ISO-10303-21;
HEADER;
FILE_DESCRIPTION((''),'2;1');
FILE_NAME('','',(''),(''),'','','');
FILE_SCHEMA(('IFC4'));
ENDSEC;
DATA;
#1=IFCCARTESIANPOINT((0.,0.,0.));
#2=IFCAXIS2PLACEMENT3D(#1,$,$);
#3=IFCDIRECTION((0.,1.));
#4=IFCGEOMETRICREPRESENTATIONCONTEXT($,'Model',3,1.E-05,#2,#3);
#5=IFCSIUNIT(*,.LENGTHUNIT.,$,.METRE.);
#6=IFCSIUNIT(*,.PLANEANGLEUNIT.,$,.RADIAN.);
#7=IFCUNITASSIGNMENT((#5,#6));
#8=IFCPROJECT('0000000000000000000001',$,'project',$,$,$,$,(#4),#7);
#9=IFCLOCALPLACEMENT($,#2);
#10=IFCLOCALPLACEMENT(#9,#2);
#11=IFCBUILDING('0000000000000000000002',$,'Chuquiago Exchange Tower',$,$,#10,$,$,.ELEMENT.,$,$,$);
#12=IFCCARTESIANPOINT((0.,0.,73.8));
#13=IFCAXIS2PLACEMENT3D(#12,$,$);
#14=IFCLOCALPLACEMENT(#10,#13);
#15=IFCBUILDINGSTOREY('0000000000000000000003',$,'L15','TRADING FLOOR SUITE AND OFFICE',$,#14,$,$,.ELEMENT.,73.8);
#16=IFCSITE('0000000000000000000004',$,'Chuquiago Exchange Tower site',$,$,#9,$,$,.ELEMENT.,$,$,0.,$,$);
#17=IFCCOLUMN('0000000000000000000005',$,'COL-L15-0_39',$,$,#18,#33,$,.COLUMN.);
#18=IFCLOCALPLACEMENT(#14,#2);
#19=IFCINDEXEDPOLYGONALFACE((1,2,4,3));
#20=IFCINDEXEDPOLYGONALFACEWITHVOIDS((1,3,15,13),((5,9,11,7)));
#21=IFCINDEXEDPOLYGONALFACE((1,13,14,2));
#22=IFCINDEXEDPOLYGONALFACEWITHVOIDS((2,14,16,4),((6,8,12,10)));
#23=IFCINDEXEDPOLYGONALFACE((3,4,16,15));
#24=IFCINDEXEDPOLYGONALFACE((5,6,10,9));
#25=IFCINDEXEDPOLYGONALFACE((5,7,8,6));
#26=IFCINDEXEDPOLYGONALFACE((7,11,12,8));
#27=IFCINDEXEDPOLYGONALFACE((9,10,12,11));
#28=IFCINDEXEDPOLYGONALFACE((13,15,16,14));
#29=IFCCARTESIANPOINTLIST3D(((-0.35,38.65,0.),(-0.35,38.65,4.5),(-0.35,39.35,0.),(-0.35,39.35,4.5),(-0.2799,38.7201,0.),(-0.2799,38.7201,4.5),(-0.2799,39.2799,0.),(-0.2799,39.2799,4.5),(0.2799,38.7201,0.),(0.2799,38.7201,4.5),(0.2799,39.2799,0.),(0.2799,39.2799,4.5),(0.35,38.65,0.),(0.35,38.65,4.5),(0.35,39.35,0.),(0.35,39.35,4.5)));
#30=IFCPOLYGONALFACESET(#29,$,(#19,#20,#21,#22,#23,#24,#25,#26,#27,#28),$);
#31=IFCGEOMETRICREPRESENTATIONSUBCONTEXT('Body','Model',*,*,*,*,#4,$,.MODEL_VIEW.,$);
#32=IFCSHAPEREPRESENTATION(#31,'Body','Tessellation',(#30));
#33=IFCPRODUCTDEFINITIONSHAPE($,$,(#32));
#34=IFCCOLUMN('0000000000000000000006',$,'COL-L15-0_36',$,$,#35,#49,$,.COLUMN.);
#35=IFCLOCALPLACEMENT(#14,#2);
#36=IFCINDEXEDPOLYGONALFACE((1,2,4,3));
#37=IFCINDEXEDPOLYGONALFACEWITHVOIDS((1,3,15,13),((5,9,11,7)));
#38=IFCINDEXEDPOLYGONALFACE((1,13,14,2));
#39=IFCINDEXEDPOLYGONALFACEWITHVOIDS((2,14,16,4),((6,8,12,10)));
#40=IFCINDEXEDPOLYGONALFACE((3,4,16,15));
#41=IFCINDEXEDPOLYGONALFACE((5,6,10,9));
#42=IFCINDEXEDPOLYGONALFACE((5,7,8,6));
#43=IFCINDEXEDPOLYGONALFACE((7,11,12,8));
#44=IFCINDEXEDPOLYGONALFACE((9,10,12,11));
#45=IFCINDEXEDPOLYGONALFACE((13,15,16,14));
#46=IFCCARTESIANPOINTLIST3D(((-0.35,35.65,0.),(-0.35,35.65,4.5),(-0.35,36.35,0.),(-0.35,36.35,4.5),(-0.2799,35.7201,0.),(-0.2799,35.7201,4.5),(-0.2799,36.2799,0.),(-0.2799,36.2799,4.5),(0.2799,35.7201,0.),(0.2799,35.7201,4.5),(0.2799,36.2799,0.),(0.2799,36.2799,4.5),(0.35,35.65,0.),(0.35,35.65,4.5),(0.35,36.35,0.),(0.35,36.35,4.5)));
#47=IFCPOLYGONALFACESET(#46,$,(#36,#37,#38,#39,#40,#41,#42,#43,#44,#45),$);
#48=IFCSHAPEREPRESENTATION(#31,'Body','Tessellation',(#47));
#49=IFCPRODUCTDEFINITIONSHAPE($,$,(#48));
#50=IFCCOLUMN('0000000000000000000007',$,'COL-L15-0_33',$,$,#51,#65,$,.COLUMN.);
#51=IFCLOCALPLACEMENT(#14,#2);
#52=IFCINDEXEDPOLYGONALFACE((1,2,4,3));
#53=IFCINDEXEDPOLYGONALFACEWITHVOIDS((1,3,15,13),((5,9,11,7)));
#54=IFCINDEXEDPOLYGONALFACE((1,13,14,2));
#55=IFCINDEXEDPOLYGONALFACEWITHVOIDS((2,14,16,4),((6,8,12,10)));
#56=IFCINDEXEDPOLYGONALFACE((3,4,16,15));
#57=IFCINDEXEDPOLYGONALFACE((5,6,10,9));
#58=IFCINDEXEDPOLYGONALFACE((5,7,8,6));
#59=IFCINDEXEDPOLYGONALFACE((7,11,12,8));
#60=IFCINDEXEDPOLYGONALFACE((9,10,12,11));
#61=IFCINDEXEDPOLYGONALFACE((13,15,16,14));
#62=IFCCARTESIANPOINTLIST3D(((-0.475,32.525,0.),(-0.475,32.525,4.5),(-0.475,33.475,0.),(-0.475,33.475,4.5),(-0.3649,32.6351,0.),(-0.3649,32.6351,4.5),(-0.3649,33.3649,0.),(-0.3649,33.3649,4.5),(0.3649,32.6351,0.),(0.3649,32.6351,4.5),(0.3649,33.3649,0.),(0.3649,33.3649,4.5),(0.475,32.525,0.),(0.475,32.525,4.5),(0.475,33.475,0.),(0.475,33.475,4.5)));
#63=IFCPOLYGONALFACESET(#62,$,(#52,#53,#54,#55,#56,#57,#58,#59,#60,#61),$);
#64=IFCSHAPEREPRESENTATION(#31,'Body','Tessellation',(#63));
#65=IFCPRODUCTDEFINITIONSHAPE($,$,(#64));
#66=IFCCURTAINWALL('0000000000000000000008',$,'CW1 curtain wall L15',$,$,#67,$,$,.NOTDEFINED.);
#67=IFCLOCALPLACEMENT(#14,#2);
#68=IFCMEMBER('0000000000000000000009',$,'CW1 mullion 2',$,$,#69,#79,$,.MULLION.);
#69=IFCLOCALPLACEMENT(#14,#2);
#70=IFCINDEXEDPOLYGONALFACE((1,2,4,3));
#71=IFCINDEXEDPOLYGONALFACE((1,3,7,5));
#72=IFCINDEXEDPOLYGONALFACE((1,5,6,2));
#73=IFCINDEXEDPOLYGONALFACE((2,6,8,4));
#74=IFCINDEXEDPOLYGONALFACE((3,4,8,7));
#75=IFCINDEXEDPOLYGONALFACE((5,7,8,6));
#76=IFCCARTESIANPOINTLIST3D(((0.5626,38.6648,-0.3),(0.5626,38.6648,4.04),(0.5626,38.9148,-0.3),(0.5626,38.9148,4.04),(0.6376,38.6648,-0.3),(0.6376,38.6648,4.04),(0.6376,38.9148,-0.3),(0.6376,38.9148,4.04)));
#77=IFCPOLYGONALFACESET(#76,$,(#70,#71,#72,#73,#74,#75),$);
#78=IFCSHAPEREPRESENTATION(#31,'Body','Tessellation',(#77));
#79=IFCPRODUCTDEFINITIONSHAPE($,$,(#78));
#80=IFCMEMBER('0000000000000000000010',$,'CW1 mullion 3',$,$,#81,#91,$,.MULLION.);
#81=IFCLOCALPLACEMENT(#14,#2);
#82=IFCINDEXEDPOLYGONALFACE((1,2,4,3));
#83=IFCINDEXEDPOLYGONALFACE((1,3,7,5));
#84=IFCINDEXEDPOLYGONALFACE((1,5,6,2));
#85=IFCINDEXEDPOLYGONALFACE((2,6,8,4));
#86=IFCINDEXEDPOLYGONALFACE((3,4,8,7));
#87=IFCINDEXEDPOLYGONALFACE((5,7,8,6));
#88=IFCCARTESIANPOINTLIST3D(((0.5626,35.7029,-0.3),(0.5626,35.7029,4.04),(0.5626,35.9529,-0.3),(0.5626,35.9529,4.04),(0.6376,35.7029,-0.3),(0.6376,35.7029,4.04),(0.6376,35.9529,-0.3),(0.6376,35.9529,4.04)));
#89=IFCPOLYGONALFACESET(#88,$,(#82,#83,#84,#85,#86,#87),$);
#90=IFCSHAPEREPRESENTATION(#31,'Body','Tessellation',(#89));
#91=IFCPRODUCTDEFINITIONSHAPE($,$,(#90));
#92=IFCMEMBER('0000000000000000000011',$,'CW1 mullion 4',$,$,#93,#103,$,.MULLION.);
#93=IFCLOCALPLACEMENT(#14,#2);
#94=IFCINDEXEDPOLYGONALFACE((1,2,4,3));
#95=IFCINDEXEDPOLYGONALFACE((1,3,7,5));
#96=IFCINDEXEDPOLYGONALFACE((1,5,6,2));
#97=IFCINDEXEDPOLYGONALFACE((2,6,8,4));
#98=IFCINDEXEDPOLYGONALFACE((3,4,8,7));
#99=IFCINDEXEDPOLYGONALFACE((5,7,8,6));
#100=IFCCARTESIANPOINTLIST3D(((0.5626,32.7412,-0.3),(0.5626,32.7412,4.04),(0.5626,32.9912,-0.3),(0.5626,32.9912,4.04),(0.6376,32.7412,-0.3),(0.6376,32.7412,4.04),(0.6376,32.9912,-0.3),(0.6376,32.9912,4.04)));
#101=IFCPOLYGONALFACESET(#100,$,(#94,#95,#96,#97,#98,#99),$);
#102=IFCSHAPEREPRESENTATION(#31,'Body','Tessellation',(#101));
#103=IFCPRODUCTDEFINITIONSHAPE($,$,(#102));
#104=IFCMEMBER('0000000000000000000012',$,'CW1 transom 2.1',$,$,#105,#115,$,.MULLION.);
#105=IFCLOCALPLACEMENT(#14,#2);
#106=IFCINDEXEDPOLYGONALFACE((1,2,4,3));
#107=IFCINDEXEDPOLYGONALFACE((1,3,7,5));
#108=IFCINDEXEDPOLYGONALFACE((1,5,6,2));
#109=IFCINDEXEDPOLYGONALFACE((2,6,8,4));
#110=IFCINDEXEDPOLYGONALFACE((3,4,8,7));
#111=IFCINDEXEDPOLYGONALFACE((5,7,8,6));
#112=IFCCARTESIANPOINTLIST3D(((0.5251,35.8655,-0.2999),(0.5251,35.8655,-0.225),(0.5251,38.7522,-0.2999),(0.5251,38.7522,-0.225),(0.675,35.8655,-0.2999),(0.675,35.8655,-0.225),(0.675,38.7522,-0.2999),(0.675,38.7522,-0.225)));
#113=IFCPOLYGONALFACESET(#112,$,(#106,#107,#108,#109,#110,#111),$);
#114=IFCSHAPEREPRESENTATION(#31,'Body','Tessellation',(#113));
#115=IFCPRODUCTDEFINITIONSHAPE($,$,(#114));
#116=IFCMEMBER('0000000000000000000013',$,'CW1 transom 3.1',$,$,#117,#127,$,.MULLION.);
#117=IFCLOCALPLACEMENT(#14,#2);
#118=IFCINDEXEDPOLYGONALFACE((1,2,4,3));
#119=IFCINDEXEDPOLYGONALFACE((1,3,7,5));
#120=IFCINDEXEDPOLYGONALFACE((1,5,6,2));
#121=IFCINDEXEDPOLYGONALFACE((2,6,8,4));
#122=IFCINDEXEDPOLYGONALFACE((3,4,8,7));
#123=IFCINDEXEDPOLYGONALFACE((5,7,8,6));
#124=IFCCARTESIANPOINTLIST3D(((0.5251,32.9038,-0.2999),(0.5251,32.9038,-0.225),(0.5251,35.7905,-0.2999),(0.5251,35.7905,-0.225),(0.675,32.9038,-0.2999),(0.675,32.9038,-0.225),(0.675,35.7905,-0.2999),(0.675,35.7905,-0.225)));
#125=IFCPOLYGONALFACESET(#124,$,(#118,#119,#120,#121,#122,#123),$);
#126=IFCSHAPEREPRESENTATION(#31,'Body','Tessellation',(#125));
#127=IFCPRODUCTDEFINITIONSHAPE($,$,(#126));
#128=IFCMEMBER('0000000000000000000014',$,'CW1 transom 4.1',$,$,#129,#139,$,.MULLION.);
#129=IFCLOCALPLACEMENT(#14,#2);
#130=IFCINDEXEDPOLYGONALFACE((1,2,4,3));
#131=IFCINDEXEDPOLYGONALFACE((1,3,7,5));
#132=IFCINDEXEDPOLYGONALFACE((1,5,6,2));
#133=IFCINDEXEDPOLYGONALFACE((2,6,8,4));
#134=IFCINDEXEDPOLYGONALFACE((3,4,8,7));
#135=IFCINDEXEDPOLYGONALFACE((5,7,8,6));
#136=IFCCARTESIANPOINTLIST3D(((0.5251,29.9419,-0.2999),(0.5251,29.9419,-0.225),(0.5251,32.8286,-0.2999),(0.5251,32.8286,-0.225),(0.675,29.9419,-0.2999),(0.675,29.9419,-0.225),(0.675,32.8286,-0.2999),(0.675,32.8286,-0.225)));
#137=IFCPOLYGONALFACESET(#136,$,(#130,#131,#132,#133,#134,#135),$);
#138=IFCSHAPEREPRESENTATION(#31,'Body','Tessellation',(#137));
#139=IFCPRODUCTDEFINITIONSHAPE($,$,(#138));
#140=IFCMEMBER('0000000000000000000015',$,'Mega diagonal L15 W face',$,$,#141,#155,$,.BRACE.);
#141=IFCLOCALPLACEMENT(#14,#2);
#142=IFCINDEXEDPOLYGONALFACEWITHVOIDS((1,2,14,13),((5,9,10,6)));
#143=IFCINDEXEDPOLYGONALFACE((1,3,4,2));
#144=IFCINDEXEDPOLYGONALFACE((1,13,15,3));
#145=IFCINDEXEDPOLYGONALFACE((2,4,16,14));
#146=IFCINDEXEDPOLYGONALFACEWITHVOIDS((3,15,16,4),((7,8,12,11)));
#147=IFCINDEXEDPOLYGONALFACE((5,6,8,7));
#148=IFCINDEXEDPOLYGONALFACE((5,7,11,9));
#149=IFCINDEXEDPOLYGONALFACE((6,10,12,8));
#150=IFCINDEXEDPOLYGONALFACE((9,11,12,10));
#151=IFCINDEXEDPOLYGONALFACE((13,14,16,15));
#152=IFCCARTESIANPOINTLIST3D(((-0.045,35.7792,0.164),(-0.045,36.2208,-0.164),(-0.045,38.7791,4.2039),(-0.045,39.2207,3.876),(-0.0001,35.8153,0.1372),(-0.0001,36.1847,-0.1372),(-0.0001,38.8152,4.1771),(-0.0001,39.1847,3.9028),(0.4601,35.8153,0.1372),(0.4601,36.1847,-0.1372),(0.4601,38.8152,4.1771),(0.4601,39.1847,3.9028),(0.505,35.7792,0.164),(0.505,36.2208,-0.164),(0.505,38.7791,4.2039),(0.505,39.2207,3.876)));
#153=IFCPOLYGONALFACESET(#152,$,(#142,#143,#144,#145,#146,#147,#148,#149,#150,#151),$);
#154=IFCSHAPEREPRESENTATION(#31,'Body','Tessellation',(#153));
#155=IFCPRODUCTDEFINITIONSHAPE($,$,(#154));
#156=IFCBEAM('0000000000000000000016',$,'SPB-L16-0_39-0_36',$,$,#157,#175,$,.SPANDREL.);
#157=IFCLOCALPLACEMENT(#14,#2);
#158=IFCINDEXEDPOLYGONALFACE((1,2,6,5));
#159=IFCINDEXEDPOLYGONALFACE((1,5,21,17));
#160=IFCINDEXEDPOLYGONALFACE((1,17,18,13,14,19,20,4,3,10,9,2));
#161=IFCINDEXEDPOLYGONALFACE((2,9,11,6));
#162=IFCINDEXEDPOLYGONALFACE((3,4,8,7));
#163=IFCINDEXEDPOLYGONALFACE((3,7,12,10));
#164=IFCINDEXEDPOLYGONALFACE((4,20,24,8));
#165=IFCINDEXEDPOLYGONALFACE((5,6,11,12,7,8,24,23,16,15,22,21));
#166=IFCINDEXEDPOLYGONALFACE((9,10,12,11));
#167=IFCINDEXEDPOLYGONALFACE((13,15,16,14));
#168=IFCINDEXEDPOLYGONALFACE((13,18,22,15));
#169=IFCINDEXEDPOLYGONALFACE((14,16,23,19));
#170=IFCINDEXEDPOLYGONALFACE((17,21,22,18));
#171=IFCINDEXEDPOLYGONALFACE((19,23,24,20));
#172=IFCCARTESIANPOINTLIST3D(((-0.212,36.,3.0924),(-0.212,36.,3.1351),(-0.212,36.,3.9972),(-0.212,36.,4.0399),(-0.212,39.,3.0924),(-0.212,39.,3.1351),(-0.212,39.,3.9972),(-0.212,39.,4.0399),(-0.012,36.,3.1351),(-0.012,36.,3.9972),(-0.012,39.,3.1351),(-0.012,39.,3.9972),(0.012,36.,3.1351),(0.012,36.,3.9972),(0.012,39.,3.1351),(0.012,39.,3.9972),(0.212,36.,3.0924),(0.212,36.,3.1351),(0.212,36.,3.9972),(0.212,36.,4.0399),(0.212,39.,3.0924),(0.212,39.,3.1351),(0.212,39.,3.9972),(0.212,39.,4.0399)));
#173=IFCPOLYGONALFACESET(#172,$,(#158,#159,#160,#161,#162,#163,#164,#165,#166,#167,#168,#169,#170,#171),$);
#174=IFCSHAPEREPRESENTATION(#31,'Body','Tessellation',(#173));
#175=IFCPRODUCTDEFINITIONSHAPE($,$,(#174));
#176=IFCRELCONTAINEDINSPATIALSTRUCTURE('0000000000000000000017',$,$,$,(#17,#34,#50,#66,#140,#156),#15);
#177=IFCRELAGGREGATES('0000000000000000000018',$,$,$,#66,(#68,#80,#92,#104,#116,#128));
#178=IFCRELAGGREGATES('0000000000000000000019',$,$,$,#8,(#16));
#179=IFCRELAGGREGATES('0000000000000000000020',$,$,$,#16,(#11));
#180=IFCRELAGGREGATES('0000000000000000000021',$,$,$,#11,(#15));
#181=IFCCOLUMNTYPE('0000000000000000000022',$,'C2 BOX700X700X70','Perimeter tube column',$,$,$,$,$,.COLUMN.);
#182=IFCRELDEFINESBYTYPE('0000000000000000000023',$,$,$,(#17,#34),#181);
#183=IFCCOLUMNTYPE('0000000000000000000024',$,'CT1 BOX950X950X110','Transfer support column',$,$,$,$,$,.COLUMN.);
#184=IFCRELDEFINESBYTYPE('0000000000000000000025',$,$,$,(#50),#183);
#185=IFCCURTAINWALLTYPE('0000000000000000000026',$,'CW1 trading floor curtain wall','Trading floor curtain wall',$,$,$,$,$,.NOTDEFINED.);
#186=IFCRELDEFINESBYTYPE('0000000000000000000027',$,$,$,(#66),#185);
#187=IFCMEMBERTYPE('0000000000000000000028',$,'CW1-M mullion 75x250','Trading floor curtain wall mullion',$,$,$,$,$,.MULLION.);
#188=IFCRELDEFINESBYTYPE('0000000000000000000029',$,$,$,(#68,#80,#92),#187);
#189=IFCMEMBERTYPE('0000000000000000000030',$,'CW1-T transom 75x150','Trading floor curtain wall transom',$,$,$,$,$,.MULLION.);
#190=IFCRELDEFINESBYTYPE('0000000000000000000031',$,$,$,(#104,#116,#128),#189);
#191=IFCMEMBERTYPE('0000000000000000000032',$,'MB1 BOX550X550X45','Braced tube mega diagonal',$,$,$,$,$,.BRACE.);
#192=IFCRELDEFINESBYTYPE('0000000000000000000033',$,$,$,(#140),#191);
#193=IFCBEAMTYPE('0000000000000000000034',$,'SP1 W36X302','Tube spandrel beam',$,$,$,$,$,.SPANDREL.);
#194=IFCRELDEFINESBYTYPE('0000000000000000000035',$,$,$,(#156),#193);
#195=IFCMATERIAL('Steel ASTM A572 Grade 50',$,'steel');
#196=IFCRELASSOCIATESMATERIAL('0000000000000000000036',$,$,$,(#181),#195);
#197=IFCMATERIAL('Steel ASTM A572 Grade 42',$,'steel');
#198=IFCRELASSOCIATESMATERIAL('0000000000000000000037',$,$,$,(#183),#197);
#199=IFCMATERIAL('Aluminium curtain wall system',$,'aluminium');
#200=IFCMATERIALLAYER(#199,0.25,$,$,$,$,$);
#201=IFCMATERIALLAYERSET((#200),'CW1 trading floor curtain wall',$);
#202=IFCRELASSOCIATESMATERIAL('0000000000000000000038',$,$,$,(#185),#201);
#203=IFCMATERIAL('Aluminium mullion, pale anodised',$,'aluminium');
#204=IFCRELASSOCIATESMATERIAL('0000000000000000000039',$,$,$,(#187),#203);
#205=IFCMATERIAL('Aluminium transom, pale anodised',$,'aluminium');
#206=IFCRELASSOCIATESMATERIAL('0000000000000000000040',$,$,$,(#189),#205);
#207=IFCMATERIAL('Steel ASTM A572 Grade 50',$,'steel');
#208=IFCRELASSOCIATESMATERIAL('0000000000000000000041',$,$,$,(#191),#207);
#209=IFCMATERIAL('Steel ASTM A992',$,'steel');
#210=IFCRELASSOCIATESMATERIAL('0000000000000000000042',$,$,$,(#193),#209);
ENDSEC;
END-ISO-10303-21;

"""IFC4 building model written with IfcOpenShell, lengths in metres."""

from ifc_helpers import new_model, si_unit, direction, frame, origin, origin_2d, place, context, subcontext, project, spatial, rectangle, hollow_rectangle, i_section, extrude, material, layer, layer_set, material_profile, profile_set, type_object, element, aggregate, save


model = new_model("IFC4")

# Units and contexts
model_context = context("Model", 3, precision=1e-05, world=origin(), true_north=direction((0.0, 1.0)))
body_context = subcontext(model_context, "Body", "Model", "MODEL_VIEW")
ifc_project = project(units=[si_unit("LENGTHUNIT", "METRE"), si_unit("PLANEANGLEUNIT", "RADIAN")], contexts=[model_context])

# Site, building, storey
site_placement = place(None, origin())
site = spatial("IfcSite", under=ifc_project, at=site_placement, Name="Chuquiago Exchange Tower site", CompositionType="ELEMENT", RefElevation=0.0)
building_placement = place(site_placement, origin())
building = spatial("IfcBuilding", under=site, at=building_placement, Name="Chuquiago Exchange Tower", CompositionType="ELEMENT")
storey_placement = place(building_placement, frame((0.0, 0.0, 73.8)))
storey = spatial("IfcBuildingStorey", under=building, at=storey_placement, Name="L15", Description="TRADING FLOOR SUITE AND OFFICE", CompositionType="ELEMENT", Elevation=73.8)

# Columns
ifc_material_1 = material(Name="Steel ASTM A572 Grade 50", Category="steel")
ifc_material_profile_1 = material_profile(ifc_material_1, hollow_rectangle(XDim=0.7, YDim=0.7, WallThickness=0.0701, at=origin_2d()), Name="BOX700X700X70")
ifc_profile_set_1 = profile_set([ifc_material_profile_1], Name="Steel ASTM A572 Grade 50")
column_type_1 = type_object("IfcColumnType", Name="C2 BOX700X700X70", Description="Perimeter tube column", PredefinedType="COLUMN", material=ifc_profile_set_1)
for number, where, z_axis, x_axis, name in (
    (1, (0.0, 39.0, 0.0), (0.0, 0.0, 1.0), (-1.0, 0.0, 0.0), "COL-L15-0_39"),
    (2, (0.0, 36.0, 0.0), (0.0, 0.0, 1.0), (-1.0, 0.0, 0.0), "COL-L15-0_36"),
):
    element("IfcColumn", number, at=place(storey_placement, frame(where, z_axis=z_axis, x_axis=x_axis)), inside=storey, type_object=column_type_1, Name=name, PredefinedType="COLUMN", context=body_context, shape_type="SweptSolid", body=[
        extrude(hollow_rectangle(XDim=0.7, YDim=0.7, WallThickness=0.0701, at=origin_2d()), origin(), (0.0, 0.0, 1.0), 4.5),
    ])
ifc_material_2 = material(Name="Steel ASTM A572 Grade 42", Category="steel")
ifc_material_profile_2 = material_profile(ifc_material_2, hollow_rectangle(XDim=0.95, YDim=0.95, WallThickness=0.1101, at=origin_2d()), Name="BOX950X950X110")
ifc_profile_set_2 = profile_set([ifc_material_profile_2], Name="Steel ASTM A572 Grade 42")
column_type_2 = type_object("IfcColumnType", Name="CT1 BOX950X950X110", Description="Transfer support column", PredefinedType="COLUMN", material=ifc_profile_set_2)
column_placement = place(storey_placement, frame((0.0, 33.0, 0.0), z_axis=(0.0, 0.0, 1.0), x_axis=(-1.0, 0.0, 0.0)))
element("IfcColumn", 3, at=column_placement, inside=storey, type_object=column_type_2, Name="COL-L15-0_33", PredefinedType="COLUMN", context=body_context, shape_type="SweptSolid", body=[
    extrude(hollow_rectangle(XDim=0.95, YDim=0.95, WallThickness=0.1101, at=origin_2d()), origin(), (0.0, 0.0, 1.0), 4.5),
])

# Curtain wall, members
ifc_material_3 = material(Name="Aluminium curtain wall system", Category="aluminium")
ifc_layer_1 = layer(ifc_material_3, 0.25)
ifc_layer_set_1 = layer_set([ifc_layer_1], Name="CW1 trading floor curtain wall")
curtain_wall_type = type_object("IfcCurtainWallType", Name="CW1 trading floor curtain wall", Description="Trading floor curtain wall", PredefinedType="NOTDEFINED", material=ifc_layer_set_1)
curtain_wall_placement = place(storey_placement, origin())
curtain_wall = element("IfcCurtainWall", 4, at=curtain_wall_placement, inside=storey, type_object=curtain_wall_type, Name="CW1 curtain wall L15", PredefinedType="NOTDEFINED")
ifc_material_4 = material(Name="Aluminium mullion, pale anodised", Category="aluminium")
ifc_material_profile_3 = material_profile(ifc_material_4, rectangle(XDim=0.075, YDim=0.25, at=origin_2d()), Name="AL 75x250")
ifc_profile_set_3 = profile_set([ifc_material_profile_3], Name="Aluminium mullion, pale anodised")
member_type_1 = type_object("IfcMemberType", Name="CW1-M mullion 75x250", Description="Trading floor curtain wall mullion", PredefinedType="MULLION", material=ifc_profile_set_3)
member_1_placement = place(storey_placement, frame((0.6001, 38.7898, -0.3), z_axis=(0.0, 0.0, 1.0), x_axis=(1.0, 0.0, 0.0)))
member_1 = element("IfcMember", 5, at=member_1_placement, type_object=member_type_1, Name="CW1 mullion 2", PredefinedType="MULLION", context=body_context, shape_type="SweptSolid", body=[
    extrude(rectangle(XDim=0.075, YDim=0.25, at=origin_2d()), origin(), (0.0, 0.0, 1.0), 4.3401),
])
member_2_placement = place(storey_placement, frame((0.6001, 35.8279, -0.3), z_axis=(0.0, 0.0, 1.0), x_axis=(1.0, 0.0, 0.0)))
member_2 = element("IfcMember", 6, at=member_2_placement, type_object=member_type_1, Name="CW1 mullion 3", PredefinedType="MULLION", context=body_context, shape_type="SweptSolid", body=[
    extrude(rectangle(XDim=0.075, YDim=0.25, at=origin_2d()), origin(), (0.0, 0.0, 1.0), 4.3401),
])
member_3_placement = place(storey_placement, frame((0.6001, 32.8662, -0.3), z_axis=(0.0, 0.0, 1.0), x_axis=(1.0, 0.0, 0.0)))
member_3 = element("IfcMember", 7, at=member_3_placement, type_object=member_type_1, Name="CW1 mullion 4", PredefinedType="MULLION", context=body_context, shape_type="SweptSolid", body=[
    extrude(rectangle(XDim=0.075, YDim=0.25, at=origin_2d()), origin(), (0.0, 0.0, 1.0), 4.3401),
])
ifc_material_5 = material(Name="Aluminium transom, pale anodised", Category="aluminium")
ifc_material_profile_4 = material_profile(ifc_material_5, rectangle(XDim=0.1499, YDim=0.075, at=origin_2d()), Name="AL 150x75")
ifc_profile_set_4 = profile_set([ifc_material_profile_4], Name="Aluminium transom, pale anodised")
member_type_2 = type_object("IfcMemberType", Name="CW1-T transom 75x150", Description="Trading floor curtain wall transom", PredefinedType="MULLION", material=ifc_profile_set_4)
member_4_placement = place(storey_placement, frame((0.6001, 38.7522, -0.2625), z_axis=(0.0, -1.0, 0.0), x_axis=(1.0, 0.0, 0.0)))
member_4 = element("IfcMember", 8, at=member_4_placement, type_object=member_type_2, Name="CW1 transom 2.1", PredefinedType="MULLION", context=body_context, shape_type="SweptSolid", body=[
    extrude(rectangle(XDim=0.1499, YDim=0.075, at=origin_2d()), origin(), (0.0, 0.0, 1.0), 2.8867),
])
member_5_placement = place(storey_placement, frame((0.6001, 35.7905, -0.2625), z_axis=(0.0, -1.0, 0.0), x_axis=(1.0, 0.0, 0.0)))
member_5 = element("IfcMember", 9, at=member_5_placement, type_object=member_type_2, Name="CW1 transom 3.1", PredefinedType="MULLION", context=body_context, shape_type="SweptSolid", body=[
    extrude(rectangle(XDim=0.1499, YDim=0.075, at=origin_2d()), origin(), (0.0, 0.0, 1.0), 2.8867),
])
member_6_placement = place(storey_placement, frame((0.6001, 32.8286, -0.2625), z_axis=(0.0, -1.0, 0.0), x_axis=(1.0, 0.0, 0.0)))
member_6 = element("IfcMember", 10, at=member_6_placement, type_object=member_type_2, Name="CW1 transom 4.1", PredefinedType="MULLION", context=body_context, shape_type="SweptSolid", body=[
    extrude(rectangle(XDim=0.1499, YDim=0.075, at=origin_2d()), origin(), (0.0, 0.0, 1.0), 2.8867),
])

# Member
ifc_material_6 = material(Name="Steel ASTM A572 Grade 50", Category="steel")
ifc_material_profile_5 = material_profile(ifc_material_6, hollow_rectangle(XDim=0.55, YDim=0.55, WallThickness=0.0449, at=origin_2d()), Name="BOX550X550X45")
ifc_profile_set_5 = profile_set([ifc_material_profile_5], Name="Steel ASTM A572 Grade 50")
member_type_3 = type_object("IfcMemberType", Name="MB1 BOX550X550X45", Description="Braced tube mega diagonal", PredefinedType="BRACE", material=ifc_profile_set_5)
member_7_placement = place(storey_placement, frame((0.23, 36.0, 0.0), z_axis=(0.0, 0.596174, 0.802855), x_axis=(-1.0, 0.0, 0.0)))
element("IfcMember", 11, at=member_7_placement, inside=storey, type_object=member_type_3, Name="Mega diagonal L15 W face", PredefinedType="BRACE", context=body_context, shape_type="SweptSolid", body=[
    extrude(hollow_rectangle(XDim=0.55, YDim=0.55, WallThickness=0.0449, at=origin_2d()), origin(), (0.0, 0.0, 1.0), 5.032),
])

# Beam
ifc_material_7 = material(Name="Steel ASTM A992", Category="steel")
ifc_material_profile_6 = material_profile(ifc_material_7, i_section(OverallWidth=0.4241, OverallDepth=0.9475, WebThickness=0.0239, FlangeThickness=0.0427, at=origin_2d()), Name="W36X302")
ifc_profile_set_6 = profile_set([ifc_material_profile_6], Name="Steel ASTM A992")
beam_type = type_object("IfcBeamType", Name="SP1 W36X302", Description="Tube spandrel beam", PredefinedType="SPANDREL", material=ifc_profile_set_6)
for number, where, z_axis, x_axis, name in (
    (12, (0.0, 39.0, 3.5662), (0.0, -1.0, 0.0), (1.0, 0.0, 0.0), "SPB-L16-0_39-0_36"),
):
    element("IfcBeam", number, at=place(storey_placement, frame(where, z_axis=z_axis, x_axis=x_axis)), inside=storey, type_object=beam_type, Name=name, PredefinedType="SPANDREL", context=body_context, shape_type="SweptSolid", body=[
        extrude(i_section(OverallWidth=0.4241, OverallDepth=0.9475, WebThickness=0.0239, FlangeThickness=0.0427, at=origin_2d()), origin(), (0.0, 0.0, 1.0), 3.0),
    ])

aggregate(curtain_wall, [member_1, member_2, member_3, member_4, member_5, member_6])

save(model, "model.ifc")
